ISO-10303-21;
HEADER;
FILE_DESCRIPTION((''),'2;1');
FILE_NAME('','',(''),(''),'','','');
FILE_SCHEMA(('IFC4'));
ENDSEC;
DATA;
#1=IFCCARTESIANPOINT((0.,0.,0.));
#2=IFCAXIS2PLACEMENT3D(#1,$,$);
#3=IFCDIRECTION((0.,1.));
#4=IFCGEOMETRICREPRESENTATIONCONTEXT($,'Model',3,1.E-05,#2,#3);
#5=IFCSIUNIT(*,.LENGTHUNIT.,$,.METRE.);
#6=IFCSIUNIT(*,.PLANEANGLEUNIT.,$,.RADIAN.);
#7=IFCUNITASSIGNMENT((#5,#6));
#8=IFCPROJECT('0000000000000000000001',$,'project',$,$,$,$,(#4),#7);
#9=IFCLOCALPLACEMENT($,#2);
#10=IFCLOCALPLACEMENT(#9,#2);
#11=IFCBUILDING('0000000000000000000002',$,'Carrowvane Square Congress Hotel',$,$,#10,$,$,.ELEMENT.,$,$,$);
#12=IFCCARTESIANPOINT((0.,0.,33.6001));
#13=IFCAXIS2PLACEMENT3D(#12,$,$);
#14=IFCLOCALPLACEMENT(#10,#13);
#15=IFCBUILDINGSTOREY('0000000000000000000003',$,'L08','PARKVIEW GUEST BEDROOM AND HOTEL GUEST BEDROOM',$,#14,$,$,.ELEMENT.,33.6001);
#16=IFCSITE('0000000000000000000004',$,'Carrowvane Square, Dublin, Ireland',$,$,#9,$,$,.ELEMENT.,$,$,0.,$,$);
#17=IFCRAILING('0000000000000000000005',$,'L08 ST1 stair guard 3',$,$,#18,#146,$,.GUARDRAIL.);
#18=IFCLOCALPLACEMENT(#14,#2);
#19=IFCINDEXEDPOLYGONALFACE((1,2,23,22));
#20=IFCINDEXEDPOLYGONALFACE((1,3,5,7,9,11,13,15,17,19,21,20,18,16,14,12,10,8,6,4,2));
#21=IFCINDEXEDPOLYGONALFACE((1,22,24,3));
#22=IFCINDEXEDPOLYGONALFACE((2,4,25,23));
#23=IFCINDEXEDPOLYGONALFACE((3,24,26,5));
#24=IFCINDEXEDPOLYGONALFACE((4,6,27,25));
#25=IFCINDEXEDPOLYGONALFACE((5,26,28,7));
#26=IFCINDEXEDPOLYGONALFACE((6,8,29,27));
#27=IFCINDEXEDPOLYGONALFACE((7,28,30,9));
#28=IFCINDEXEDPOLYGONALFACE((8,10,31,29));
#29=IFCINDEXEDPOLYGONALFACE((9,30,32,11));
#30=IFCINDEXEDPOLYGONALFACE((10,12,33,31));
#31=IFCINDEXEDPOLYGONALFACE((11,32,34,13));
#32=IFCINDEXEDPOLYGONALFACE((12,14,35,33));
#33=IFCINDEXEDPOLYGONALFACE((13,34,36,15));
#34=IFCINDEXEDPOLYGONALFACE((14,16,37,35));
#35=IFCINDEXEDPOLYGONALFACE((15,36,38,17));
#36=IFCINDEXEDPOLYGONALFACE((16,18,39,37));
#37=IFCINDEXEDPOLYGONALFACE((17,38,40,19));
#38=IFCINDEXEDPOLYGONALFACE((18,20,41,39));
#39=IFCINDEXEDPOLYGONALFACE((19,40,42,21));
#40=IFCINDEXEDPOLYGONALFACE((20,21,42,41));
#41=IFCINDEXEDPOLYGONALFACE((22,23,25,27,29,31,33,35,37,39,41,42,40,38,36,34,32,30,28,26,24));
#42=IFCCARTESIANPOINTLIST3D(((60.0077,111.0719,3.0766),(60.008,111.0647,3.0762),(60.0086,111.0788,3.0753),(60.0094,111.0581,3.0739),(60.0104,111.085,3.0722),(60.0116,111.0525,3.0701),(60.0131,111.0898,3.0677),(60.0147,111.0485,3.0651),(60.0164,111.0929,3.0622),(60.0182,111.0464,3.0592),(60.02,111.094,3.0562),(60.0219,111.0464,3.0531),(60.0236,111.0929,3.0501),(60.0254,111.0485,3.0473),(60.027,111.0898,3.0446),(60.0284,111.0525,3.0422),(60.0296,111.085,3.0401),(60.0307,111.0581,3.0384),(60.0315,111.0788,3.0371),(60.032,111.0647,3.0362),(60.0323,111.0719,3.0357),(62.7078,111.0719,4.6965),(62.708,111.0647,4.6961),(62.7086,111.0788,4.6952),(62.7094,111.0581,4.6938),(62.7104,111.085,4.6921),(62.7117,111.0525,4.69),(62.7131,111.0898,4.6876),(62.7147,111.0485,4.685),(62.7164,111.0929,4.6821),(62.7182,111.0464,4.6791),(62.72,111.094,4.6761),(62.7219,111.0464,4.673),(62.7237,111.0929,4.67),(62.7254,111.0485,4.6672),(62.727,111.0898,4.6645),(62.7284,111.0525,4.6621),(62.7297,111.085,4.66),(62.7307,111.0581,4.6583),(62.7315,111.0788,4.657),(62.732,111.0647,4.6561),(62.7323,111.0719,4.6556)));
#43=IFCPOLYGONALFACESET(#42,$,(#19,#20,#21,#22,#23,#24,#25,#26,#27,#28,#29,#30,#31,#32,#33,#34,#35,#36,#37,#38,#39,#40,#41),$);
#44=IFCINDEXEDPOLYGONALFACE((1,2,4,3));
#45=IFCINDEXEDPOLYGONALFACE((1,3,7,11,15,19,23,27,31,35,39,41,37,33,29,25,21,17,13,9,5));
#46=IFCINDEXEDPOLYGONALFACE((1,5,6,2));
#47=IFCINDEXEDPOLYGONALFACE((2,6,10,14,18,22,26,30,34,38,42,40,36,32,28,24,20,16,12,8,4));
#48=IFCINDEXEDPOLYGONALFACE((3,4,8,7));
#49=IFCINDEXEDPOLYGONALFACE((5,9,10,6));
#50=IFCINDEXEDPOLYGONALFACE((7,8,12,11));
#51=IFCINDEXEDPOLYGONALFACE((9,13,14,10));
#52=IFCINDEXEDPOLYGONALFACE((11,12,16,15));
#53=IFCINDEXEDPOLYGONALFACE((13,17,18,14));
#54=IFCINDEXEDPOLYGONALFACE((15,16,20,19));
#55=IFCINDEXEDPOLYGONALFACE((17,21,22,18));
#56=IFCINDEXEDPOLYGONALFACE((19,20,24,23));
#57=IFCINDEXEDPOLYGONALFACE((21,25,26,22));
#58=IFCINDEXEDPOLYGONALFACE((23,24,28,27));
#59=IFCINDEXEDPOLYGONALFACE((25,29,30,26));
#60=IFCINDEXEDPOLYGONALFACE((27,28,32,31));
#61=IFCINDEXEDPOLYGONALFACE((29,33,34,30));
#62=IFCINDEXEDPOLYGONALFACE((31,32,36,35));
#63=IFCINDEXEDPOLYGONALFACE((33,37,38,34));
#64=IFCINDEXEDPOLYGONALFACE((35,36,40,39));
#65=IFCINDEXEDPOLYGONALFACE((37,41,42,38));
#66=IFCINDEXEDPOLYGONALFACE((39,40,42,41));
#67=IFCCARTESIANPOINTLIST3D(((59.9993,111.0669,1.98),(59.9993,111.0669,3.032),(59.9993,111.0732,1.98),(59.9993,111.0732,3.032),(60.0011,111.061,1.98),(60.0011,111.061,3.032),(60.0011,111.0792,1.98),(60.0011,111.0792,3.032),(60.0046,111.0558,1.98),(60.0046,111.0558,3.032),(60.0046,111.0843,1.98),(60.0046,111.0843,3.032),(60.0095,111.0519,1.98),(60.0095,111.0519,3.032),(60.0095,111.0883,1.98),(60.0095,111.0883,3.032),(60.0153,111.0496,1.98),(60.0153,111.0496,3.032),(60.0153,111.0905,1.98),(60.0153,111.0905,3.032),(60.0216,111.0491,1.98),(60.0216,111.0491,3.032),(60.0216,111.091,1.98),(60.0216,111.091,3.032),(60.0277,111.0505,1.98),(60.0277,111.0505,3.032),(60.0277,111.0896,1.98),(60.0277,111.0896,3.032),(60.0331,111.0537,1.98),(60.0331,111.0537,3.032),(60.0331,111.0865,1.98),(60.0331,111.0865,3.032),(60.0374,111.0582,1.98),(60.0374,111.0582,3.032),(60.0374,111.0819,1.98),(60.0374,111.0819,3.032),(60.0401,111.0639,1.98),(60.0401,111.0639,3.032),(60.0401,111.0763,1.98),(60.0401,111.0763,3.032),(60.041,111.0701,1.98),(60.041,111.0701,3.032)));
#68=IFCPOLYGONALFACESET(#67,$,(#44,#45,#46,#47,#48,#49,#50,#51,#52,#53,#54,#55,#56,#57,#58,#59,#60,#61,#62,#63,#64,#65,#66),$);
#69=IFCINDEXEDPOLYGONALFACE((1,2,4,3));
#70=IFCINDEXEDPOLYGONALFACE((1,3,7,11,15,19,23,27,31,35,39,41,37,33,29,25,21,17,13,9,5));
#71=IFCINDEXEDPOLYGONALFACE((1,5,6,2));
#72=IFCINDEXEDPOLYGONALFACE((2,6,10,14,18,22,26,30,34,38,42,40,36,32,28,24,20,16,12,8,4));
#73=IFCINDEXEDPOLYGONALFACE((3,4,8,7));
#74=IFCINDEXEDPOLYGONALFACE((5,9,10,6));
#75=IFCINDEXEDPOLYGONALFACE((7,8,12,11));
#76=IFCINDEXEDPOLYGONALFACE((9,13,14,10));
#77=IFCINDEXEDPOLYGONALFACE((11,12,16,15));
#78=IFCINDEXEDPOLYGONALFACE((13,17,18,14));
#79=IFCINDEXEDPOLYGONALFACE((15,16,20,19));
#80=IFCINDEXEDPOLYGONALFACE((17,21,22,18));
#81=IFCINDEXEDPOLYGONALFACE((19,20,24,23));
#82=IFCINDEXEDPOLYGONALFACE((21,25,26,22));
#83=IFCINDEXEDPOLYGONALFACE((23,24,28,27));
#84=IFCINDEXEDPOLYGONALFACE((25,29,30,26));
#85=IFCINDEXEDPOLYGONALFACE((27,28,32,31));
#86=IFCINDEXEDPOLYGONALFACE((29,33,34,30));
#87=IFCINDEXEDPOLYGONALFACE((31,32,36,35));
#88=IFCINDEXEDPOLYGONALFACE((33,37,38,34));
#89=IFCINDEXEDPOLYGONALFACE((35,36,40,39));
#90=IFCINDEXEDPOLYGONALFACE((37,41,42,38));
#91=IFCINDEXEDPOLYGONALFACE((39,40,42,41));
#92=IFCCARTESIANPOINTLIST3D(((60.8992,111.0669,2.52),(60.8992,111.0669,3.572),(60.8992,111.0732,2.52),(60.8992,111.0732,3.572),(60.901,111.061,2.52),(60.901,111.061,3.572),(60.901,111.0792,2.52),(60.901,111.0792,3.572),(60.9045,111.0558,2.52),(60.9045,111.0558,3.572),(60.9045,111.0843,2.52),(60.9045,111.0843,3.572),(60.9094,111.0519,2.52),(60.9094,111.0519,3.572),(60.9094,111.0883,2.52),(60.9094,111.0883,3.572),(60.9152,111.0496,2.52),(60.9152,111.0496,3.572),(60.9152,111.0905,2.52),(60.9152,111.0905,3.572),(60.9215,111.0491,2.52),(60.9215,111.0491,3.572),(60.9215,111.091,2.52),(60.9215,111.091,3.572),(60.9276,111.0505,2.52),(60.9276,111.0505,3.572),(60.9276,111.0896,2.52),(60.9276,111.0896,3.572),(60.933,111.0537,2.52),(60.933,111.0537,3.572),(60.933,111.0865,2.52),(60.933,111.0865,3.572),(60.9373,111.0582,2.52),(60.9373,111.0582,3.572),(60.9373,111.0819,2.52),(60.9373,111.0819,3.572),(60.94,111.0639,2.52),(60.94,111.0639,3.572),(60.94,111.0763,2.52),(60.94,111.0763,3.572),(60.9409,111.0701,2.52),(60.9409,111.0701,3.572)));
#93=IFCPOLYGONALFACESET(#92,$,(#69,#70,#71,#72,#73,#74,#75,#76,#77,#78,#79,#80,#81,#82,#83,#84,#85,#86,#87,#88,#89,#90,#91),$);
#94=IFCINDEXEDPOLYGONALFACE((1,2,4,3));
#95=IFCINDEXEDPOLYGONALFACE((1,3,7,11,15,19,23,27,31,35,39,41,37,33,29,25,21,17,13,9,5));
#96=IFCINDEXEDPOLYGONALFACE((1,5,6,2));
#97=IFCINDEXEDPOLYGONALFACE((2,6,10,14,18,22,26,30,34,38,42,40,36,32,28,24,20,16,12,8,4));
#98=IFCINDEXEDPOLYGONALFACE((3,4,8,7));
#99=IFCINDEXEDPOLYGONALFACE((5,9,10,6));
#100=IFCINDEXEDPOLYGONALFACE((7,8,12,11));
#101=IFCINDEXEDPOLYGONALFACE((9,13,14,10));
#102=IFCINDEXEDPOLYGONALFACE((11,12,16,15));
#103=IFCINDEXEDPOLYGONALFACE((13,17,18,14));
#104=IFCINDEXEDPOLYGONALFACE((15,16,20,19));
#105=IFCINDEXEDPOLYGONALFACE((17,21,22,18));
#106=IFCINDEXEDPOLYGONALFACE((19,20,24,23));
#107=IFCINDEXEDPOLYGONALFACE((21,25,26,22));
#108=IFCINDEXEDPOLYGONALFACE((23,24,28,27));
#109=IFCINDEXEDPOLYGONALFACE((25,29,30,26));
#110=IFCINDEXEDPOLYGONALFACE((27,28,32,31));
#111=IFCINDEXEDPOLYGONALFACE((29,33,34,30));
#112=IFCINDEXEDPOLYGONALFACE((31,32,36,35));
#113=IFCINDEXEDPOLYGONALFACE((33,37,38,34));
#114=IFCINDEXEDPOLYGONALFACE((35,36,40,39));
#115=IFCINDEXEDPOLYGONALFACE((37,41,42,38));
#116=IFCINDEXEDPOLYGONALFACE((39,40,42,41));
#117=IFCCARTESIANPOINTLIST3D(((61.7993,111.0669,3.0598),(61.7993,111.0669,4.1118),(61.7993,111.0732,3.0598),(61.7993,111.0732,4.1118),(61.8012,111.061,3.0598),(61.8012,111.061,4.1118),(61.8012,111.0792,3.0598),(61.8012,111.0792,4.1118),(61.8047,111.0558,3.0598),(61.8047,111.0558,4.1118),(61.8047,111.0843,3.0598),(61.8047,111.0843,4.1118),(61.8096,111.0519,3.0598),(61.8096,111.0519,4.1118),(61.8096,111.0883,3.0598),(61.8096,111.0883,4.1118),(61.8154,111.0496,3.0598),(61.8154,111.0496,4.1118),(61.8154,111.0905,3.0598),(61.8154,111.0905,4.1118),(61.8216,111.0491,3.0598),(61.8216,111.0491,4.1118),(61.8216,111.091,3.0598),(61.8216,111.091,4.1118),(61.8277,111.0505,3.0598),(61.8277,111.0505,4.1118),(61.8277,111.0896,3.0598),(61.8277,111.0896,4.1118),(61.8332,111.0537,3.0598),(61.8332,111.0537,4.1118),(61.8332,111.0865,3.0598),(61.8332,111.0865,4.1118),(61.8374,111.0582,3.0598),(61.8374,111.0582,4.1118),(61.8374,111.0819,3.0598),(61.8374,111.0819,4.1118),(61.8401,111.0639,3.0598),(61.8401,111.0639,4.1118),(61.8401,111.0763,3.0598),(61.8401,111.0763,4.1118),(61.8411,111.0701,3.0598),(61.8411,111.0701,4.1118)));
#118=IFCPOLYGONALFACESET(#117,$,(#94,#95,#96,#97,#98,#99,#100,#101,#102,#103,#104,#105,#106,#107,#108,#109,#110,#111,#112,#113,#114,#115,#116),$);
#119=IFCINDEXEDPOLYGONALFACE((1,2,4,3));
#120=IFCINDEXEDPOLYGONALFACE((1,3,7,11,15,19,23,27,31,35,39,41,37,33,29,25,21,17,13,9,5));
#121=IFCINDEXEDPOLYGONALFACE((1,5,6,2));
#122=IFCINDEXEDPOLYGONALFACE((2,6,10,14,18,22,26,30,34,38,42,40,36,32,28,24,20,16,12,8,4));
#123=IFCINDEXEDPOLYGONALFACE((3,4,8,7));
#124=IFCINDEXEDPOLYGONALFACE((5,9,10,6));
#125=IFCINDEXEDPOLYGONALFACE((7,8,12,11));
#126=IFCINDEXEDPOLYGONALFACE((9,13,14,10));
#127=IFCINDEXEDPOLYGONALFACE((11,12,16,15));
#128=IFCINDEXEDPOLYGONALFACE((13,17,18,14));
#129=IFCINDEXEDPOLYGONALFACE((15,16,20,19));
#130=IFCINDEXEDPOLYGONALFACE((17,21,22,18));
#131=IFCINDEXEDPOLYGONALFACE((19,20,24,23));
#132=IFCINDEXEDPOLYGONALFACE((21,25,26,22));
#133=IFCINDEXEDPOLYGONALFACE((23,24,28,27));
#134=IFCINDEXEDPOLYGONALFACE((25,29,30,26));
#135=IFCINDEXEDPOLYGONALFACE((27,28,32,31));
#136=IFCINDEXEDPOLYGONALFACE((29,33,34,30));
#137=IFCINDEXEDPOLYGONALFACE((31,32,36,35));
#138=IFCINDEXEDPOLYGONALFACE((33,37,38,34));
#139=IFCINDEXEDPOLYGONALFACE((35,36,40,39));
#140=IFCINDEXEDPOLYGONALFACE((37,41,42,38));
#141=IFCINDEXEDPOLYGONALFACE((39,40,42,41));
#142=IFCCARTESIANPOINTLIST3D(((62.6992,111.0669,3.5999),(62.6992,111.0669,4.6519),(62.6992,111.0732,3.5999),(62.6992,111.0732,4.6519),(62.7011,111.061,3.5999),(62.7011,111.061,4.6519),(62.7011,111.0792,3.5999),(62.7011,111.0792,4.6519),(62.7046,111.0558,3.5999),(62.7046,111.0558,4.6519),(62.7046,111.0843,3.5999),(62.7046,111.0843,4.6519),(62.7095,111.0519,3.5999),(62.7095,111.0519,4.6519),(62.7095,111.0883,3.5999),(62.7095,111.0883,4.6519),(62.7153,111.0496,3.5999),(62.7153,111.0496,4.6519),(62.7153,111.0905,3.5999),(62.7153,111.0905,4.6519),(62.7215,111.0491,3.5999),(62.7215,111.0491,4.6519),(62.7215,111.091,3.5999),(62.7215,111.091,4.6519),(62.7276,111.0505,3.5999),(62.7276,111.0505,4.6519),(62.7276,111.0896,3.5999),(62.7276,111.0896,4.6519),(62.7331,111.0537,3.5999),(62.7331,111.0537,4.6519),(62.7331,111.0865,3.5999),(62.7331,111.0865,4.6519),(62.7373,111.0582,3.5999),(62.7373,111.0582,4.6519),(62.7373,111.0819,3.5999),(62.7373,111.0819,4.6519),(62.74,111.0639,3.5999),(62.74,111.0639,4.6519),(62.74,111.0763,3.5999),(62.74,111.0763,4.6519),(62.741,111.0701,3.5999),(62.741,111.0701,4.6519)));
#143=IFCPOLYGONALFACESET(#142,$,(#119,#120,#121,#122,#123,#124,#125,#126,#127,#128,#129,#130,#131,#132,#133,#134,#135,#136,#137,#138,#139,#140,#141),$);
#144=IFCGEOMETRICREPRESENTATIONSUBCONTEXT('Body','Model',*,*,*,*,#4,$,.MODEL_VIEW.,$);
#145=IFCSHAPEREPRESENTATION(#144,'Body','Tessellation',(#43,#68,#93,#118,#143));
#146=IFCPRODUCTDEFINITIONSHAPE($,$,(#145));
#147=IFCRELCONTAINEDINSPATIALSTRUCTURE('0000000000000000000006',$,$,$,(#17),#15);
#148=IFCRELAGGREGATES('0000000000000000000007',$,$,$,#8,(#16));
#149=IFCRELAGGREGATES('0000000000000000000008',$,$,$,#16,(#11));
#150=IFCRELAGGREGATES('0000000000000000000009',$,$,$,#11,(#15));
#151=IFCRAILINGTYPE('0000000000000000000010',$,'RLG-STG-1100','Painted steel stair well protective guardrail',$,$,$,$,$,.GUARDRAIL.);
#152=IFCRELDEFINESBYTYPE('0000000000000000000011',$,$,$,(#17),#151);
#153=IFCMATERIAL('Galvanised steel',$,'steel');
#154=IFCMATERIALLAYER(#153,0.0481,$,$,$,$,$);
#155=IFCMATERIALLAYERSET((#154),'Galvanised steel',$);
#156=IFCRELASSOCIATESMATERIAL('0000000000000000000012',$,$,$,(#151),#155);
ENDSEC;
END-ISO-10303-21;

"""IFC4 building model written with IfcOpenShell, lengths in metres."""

from ifc_helpers import new_model, si_unit, direction, frame, origin, origin_2d, place, context, subcontext, project, spatial, circle, extrude, material, layer, layer_set, type_object, element, save


model = new_model("IFC4")

# Units and contexts
model_context = context("Model", 3, precision=1e-05, world=origin(), true_north=direction((0.0, 1.0)))
body_context = subcontext(model_context, "Body", "Model", "MODEL_VIEW")
ifc_project = project(units=[si_unit("LENGTHUNIT", "METRE"), si_unit("PLANEANGLEUNIT", "RADIAN")], contexts=[model_context])

# Site, building, storey
site_placement = place(None, origin())
site = spatial("IfcSite", under=ifc_project, at=site_placement, Name="Carrowvane Square, Dublin, Ireland", CompositionType="ELEMENT", RefElevation=0.0)
building_placement = place(site_placement, origin())
building = spatial("IfcBuilding", under=site, at=building_placement, Name="Carrowvane Square Congress Hotel", CompositionType="ELEMENT")
storey_placement = place(building_placement, frame((0.0, 0.0, 33.6001)))
storey = spatial("IfcBuildingStorey", under=building, at=storey_placement, Name="L08", Description="PARKVIEW GUEST BEDROOM AND HOTEL GUEST BEDROOM", CompositionType="ELEMENT", Elevation=33.6001)

# Railing
ifc_material_1 = material(Name="Galvanised steel", Category="steel")
ifc_layer_1 = layer(ifc_material_1, 0.0481)
ifc_layer_set_1 = layer_set([ifc_layer_1], Name="Galvanised steel")
railing_type_1 = type_object("IfcRailingType", Name="RLG-STG-1100", Description="Painted steel stair well protective guardrail", PredefinedType="GUARDRAIL", material=ifc_layer_set_1)
railing_1_placement = place(storey_placement, frame((60.02, 111.0701, 1.98)))
element("IfcRailing", 1, at=railing_1_placement, inside=storey, type_object=railing_type_1, Name="L08 ST1 stair guard 3", PredefinedType="GUARDRAIL", context=body_context, shape_type="SweptSolid", body=[
    extrude(circle(Radius=0.0239, at=origin_2d()), frame((0.0, 0.0, 1.0762), z_axis=(0.857507, 0.0, 0.514473), x_axis=(0.0, 1.0, 0.0)), (0.0, 0.0, 1.0), 3.1487),
    extrude(circle(Radius=0.021, at=origin_2d()), origin(), (0.0, 0.0, 1.0), 1.052),
    extrude(circle(Radius=0.021, at=origin_2d()), frame((0.8999, 0.0, 0.54)), (0.0, 0.0, 1.0), 1.052),
    extrude(circle(Radius=0.021, at=origin_2d()), frame((1.8, 0.0, 1.0798)), (0.0, 0.0, 1.0), 1.052),
    extrude(circle(Radius=0.021, at=origin_2d()), frame((2.7, 0.0, 1.6199)), (0.0, 0.0, 1.0), 1.052),
])

save(model, "model.ifc")
